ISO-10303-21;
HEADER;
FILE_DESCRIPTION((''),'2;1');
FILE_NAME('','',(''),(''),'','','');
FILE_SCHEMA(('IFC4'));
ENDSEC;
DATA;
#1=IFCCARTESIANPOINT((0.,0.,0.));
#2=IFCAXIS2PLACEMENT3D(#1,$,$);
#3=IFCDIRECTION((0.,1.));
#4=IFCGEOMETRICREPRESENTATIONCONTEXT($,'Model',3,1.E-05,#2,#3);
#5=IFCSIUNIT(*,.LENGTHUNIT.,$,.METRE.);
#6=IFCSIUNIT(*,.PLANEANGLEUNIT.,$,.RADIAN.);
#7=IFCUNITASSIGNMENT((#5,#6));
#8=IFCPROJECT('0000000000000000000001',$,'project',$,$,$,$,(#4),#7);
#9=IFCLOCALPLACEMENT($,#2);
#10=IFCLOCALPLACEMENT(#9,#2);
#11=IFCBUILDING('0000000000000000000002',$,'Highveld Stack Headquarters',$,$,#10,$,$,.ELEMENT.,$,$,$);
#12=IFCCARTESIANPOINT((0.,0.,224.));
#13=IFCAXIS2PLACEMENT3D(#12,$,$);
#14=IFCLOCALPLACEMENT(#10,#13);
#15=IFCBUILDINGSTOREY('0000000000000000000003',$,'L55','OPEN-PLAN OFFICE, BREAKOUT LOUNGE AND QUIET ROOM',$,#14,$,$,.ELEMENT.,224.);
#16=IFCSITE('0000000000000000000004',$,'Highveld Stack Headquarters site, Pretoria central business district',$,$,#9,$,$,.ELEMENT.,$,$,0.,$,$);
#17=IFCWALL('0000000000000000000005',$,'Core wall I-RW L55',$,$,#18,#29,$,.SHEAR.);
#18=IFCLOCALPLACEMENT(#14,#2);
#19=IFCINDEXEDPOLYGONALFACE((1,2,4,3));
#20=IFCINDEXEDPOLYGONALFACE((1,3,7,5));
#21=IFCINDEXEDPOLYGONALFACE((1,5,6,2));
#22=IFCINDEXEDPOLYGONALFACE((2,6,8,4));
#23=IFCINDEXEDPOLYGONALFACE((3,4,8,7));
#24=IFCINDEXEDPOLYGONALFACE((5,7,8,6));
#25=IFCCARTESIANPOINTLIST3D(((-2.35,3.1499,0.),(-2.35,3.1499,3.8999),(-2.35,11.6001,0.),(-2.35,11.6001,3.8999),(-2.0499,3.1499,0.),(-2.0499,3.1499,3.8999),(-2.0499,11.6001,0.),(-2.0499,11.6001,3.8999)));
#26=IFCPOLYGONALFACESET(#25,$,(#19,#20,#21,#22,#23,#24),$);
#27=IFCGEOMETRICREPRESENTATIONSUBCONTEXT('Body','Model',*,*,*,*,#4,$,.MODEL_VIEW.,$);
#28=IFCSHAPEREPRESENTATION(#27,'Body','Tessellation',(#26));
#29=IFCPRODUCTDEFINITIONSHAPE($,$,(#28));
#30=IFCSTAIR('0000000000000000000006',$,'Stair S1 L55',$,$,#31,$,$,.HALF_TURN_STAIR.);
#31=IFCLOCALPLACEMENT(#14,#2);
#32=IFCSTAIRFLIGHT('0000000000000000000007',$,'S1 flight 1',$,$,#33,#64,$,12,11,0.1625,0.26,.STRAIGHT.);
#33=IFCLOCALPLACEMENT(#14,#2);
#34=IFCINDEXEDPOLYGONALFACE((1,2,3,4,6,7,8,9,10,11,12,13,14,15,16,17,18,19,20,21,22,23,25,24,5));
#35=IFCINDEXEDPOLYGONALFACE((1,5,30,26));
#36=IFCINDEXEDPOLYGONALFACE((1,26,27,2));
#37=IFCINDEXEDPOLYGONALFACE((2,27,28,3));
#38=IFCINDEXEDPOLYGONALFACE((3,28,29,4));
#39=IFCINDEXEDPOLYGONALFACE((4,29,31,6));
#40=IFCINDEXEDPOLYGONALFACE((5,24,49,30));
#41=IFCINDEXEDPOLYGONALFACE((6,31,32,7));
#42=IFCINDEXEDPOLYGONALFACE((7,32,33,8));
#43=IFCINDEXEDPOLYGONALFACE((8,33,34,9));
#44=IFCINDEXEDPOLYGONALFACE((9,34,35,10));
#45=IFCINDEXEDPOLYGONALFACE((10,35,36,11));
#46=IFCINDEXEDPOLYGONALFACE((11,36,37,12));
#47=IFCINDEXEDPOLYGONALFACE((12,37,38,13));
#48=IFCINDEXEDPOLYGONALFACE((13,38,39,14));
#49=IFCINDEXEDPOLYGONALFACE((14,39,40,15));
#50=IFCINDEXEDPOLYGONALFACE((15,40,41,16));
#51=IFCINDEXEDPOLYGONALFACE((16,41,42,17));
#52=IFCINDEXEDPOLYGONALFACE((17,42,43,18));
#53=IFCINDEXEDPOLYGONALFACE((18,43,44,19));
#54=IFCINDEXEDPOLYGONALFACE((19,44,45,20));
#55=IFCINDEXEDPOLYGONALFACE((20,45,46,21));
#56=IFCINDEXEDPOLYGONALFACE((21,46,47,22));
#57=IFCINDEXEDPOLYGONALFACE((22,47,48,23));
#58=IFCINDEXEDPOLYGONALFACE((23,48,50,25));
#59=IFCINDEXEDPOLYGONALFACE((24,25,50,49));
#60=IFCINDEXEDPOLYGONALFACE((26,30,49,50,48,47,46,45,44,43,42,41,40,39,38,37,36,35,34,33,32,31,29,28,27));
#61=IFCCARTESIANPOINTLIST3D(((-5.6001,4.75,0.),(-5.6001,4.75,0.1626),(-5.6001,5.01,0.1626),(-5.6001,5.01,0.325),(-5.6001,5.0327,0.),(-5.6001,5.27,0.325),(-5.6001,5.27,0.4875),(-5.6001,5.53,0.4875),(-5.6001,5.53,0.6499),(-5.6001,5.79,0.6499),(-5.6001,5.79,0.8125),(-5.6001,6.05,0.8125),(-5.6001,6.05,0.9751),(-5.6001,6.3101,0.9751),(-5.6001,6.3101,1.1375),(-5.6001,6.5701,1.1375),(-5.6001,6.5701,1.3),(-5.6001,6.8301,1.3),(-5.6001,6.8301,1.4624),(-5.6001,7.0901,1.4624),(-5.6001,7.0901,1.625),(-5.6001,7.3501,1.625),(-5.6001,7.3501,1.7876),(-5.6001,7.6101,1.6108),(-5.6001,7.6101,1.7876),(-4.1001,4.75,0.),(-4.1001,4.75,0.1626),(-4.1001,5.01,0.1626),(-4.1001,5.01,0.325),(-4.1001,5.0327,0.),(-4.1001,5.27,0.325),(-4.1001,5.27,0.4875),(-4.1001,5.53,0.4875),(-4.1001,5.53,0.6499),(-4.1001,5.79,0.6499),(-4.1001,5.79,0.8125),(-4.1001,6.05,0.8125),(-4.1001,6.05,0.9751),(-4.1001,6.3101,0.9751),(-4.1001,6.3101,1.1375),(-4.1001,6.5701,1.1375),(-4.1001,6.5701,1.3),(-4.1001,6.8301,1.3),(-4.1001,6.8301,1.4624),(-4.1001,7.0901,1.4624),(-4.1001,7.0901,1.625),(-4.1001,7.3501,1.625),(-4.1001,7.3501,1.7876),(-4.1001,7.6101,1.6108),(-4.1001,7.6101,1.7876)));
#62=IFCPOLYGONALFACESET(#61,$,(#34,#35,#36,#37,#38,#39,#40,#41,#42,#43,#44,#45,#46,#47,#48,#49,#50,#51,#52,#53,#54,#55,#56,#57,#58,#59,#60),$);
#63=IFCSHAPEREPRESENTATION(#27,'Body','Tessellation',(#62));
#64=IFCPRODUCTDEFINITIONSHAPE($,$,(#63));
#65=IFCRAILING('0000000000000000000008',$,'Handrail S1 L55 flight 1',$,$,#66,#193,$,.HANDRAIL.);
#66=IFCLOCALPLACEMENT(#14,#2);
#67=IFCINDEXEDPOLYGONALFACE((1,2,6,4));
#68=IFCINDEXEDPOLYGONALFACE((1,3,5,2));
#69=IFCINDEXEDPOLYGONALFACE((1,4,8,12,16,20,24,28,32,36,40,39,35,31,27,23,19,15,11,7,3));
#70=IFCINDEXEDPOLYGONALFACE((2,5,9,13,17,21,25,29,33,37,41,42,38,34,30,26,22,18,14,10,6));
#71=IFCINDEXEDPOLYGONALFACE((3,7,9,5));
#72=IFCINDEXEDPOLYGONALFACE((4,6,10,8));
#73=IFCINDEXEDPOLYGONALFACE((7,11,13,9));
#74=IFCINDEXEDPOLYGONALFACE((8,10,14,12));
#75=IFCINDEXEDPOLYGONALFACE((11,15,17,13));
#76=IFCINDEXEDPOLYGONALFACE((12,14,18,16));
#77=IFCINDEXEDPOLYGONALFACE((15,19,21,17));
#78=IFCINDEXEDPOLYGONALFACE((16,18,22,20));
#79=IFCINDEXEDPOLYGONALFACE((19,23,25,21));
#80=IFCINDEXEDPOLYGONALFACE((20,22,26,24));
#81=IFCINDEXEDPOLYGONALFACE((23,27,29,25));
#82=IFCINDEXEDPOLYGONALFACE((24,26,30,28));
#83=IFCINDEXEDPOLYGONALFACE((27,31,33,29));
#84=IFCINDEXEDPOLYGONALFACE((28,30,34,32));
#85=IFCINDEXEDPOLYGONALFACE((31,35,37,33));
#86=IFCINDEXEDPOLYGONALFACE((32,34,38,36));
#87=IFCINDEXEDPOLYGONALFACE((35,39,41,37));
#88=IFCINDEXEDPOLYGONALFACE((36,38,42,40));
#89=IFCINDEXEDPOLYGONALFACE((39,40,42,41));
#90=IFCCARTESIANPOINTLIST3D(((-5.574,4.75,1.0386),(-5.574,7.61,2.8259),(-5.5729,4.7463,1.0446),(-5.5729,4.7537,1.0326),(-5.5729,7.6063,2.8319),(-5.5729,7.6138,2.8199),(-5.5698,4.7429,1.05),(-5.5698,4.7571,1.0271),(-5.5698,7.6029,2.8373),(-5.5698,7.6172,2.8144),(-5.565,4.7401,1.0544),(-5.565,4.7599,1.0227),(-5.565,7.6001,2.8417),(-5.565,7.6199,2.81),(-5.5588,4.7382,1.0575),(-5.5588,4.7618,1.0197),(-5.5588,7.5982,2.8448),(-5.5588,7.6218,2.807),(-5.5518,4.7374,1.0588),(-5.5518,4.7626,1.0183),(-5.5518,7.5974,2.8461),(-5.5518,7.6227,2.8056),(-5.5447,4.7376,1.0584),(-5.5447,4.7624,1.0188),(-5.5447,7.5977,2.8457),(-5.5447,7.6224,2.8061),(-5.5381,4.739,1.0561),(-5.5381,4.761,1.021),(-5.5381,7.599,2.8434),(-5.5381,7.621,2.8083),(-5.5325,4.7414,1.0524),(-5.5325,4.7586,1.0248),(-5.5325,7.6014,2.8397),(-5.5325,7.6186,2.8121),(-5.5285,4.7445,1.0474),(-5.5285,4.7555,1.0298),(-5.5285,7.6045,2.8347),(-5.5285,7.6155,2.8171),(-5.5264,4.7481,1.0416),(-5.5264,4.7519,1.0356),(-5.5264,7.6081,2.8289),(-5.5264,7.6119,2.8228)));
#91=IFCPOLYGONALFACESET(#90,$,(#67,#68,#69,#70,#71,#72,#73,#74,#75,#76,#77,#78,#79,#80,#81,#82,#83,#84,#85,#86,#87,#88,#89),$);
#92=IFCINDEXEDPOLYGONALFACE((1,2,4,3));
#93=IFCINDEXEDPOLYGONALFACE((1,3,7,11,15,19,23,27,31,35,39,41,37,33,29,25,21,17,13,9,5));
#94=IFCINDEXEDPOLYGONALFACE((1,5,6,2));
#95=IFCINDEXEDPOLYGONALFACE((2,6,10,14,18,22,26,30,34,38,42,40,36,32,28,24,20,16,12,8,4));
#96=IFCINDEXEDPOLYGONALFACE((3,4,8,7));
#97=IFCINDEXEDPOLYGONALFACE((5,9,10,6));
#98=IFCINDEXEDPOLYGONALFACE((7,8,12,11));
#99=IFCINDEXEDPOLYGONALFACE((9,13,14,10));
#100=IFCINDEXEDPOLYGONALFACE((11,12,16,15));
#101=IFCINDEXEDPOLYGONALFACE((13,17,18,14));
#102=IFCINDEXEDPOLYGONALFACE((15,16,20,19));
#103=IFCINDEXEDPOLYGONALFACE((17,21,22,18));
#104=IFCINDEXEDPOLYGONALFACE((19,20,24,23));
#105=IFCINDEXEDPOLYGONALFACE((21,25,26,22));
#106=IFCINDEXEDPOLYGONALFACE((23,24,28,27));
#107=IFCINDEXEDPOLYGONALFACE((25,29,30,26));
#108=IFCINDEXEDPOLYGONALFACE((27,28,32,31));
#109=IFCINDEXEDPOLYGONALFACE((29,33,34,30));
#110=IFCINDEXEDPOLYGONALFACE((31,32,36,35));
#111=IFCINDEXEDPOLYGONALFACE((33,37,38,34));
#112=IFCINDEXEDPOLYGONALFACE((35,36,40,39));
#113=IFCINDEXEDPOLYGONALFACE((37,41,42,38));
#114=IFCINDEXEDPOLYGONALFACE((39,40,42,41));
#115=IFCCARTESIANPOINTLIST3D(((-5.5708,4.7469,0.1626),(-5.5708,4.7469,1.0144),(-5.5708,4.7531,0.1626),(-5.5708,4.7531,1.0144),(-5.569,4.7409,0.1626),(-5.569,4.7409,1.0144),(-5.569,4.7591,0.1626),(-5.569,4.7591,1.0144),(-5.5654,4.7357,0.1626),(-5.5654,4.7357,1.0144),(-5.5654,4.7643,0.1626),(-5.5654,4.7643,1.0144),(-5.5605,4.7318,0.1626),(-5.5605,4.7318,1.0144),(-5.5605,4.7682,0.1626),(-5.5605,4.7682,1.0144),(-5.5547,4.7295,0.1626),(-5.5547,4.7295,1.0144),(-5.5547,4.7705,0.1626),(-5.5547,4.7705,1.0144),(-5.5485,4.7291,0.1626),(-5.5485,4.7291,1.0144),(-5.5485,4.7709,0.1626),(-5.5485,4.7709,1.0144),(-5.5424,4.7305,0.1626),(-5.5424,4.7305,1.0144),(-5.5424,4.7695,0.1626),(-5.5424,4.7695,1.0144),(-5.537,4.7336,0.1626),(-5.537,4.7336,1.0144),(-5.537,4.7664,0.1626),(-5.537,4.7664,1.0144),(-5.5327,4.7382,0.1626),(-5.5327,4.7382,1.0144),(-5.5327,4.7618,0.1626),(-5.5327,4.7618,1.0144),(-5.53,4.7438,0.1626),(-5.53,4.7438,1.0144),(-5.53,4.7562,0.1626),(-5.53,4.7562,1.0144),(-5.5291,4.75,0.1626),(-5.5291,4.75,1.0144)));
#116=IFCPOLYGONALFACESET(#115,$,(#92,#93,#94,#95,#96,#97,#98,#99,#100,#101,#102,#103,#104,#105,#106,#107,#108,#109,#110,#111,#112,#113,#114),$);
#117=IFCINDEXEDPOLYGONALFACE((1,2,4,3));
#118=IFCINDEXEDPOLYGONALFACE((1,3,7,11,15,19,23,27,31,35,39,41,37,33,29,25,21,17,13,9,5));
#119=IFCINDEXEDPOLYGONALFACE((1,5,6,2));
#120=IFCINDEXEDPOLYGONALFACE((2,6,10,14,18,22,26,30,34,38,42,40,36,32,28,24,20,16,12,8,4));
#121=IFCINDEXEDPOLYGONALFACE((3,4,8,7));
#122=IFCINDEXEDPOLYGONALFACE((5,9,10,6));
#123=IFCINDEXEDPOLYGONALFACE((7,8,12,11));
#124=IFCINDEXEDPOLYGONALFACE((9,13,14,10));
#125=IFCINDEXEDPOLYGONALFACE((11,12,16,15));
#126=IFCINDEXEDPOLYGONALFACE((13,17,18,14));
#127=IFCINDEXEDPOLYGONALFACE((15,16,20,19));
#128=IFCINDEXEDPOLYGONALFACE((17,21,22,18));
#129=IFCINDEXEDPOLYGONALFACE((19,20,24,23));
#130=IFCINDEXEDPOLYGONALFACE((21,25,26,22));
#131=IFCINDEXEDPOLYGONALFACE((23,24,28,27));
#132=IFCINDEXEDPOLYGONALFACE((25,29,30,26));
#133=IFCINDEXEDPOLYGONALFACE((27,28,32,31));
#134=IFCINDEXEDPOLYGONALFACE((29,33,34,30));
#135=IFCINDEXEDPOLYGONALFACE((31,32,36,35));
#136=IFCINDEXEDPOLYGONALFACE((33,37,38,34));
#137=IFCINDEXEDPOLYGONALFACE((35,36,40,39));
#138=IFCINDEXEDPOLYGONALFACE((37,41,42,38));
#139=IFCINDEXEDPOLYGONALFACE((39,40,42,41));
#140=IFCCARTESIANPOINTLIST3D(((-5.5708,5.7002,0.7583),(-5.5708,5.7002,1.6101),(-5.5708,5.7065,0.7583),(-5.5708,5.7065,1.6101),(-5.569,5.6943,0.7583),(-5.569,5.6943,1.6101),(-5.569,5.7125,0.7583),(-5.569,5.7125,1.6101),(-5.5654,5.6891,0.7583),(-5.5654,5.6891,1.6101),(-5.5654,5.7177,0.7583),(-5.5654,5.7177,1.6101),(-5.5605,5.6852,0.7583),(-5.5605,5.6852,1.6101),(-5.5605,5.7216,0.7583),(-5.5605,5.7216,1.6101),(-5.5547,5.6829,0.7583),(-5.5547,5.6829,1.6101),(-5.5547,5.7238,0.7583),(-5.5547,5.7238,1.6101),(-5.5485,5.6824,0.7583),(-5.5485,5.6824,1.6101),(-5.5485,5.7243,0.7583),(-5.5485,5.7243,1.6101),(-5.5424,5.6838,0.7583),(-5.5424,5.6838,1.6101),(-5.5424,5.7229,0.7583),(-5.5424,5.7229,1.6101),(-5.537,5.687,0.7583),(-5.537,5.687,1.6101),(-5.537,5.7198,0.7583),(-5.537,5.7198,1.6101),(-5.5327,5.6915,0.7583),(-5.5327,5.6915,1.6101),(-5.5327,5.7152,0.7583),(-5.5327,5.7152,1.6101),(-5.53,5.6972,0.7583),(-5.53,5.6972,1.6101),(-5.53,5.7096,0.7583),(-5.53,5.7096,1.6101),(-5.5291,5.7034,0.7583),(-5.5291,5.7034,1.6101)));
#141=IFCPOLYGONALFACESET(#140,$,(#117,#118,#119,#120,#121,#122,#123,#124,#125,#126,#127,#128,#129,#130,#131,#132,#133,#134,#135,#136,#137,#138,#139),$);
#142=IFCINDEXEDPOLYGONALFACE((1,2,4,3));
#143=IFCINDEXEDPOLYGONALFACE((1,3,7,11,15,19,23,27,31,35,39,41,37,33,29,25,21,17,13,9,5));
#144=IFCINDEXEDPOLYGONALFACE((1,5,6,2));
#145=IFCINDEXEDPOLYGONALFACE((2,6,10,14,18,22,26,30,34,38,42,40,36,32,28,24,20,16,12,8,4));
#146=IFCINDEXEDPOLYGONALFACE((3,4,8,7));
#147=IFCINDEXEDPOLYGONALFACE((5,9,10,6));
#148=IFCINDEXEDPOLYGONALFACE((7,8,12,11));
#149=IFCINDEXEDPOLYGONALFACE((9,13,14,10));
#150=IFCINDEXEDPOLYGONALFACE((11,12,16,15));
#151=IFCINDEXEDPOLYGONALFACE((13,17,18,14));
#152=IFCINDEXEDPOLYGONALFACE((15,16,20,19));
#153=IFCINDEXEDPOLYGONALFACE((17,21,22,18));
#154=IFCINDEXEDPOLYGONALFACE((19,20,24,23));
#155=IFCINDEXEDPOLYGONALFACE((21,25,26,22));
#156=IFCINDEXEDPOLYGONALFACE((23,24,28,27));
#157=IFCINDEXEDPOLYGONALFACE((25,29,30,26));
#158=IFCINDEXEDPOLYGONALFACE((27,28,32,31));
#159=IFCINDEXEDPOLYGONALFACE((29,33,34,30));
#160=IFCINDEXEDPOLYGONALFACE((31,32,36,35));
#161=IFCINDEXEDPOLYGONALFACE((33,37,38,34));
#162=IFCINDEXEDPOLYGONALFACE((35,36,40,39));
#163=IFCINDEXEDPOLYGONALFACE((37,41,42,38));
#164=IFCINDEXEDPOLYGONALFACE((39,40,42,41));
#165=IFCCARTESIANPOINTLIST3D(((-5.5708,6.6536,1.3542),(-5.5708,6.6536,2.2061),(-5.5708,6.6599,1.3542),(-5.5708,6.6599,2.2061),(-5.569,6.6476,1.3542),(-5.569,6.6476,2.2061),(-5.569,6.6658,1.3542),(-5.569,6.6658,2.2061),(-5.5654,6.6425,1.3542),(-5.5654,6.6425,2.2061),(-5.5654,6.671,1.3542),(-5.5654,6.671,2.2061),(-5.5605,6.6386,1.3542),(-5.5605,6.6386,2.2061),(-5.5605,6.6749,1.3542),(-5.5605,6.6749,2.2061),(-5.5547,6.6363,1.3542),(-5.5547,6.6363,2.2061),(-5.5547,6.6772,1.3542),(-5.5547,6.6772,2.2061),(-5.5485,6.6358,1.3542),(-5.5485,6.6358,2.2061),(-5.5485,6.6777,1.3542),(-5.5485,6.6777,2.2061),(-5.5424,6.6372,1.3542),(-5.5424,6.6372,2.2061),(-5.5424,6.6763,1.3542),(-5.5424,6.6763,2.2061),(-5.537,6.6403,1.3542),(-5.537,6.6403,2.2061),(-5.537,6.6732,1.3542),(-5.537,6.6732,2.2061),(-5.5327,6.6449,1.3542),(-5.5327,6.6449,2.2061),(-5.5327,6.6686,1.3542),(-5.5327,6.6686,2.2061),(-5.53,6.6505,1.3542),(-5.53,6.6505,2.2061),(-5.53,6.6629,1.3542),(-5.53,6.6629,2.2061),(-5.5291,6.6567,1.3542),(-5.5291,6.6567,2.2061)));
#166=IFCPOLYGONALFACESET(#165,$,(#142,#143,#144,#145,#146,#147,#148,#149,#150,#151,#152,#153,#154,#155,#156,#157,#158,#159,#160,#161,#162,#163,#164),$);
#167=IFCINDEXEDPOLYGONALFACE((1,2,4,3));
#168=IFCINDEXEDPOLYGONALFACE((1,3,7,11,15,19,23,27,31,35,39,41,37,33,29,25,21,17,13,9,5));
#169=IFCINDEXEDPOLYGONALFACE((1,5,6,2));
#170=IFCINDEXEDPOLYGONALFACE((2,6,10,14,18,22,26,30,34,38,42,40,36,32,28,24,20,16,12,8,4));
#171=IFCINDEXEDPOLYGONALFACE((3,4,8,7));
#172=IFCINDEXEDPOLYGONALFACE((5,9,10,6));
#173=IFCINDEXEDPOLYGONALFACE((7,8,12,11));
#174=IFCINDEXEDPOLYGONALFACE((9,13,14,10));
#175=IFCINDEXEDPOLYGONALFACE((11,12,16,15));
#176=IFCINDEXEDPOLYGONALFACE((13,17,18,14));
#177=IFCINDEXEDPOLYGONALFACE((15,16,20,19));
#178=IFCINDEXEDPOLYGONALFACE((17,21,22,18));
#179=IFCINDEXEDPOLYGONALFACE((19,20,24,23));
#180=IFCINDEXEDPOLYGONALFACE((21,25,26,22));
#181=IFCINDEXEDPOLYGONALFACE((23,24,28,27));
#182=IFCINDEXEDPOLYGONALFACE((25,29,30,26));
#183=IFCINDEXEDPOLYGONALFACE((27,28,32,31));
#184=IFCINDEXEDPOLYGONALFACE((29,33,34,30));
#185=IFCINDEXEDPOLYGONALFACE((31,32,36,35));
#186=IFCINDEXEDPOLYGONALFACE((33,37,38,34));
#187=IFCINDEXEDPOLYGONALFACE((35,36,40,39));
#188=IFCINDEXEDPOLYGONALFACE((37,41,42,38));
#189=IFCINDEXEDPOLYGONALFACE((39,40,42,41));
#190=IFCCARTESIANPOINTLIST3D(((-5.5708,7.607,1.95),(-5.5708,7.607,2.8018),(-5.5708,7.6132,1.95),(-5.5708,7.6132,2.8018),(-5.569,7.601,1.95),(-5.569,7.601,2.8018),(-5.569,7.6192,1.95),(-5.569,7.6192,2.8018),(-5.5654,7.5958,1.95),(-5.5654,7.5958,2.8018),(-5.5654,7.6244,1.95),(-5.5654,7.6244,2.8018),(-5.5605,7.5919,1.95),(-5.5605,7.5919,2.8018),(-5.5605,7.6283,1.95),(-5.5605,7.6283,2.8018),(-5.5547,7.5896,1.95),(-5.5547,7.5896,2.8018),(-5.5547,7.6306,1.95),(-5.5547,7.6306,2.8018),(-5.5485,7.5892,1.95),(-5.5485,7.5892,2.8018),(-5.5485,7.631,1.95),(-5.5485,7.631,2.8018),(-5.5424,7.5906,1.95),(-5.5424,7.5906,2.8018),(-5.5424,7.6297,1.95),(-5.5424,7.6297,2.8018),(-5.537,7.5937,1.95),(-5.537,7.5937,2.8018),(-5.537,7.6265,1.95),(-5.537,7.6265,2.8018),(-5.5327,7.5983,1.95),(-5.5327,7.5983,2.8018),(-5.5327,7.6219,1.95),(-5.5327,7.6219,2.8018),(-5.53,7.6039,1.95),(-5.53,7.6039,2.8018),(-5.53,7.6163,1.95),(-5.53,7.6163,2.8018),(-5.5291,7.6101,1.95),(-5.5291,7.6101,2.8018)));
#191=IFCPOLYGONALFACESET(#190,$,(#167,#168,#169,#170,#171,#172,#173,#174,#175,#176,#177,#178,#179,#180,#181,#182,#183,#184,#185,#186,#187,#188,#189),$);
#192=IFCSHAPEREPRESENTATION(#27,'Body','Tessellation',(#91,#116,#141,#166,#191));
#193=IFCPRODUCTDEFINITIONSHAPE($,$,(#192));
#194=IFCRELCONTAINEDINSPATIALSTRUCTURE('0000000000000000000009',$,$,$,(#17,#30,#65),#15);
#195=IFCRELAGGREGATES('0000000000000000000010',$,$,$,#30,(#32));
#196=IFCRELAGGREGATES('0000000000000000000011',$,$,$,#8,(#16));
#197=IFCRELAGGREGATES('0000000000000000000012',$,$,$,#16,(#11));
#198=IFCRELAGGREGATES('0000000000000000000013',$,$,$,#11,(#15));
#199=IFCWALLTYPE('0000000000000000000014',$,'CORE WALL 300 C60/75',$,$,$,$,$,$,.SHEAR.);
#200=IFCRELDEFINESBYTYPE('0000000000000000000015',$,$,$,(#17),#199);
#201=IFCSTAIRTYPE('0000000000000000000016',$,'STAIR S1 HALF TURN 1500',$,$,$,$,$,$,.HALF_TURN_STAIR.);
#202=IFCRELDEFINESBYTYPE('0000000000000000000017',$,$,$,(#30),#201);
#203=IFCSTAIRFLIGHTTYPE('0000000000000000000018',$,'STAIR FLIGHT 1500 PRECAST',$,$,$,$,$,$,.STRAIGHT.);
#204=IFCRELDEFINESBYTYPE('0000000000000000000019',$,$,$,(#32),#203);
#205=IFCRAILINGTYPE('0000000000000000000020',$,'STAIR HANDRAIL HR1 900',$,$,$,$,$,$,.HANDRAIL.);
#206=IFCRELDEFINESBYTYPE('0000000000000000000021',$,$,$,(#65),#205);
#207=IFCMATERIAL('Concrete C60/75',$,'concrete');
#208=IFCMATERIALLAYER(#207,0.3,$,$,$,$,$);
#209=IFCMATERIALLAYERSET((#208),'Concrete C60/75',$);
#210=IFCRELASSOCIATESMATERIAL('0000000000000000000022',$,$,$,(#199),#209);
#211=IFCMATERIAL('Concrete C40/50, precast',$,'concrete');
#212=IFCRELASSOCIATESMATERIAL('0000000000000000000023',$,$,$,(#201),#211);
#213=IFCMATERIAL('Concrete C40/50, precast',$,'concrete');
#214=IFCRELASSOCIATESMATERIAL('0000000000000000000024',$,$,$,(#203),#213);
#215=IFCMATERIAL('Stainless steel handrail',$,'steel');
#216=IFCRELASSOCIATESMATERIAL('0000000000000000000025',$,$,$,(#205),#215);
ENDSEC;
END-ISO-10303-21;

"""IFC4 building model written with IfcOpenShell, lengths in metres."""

from ifc_helpers import new_model, si_unit, direction, frame, frame_2d, origin, origin_2d, place, context, subcontext, project, spatial, polyline, rectangle, circle, outline, extrude, material, layer, layer_set, type_object, element, aggregate, save


model = new_model("IFC4")

# Units and contexts
model_context = context("Model", 3, precision=1e-05, world=origin(), true_north=direction((0.0, 1.0)))
body_context = subcontext(model_context, "Body", "Model", "MODEL_VIEW")
ifc_project = project(units=[si_unit("LENGTHUNIT", "METRE"), si_unit("PLANEANGLEUNIT", "RADIAN")], contexts=[model_context])

# Site, building, storey
site_placement = place(None, origin())
site = spatial("IfcSite", under=ifc_project, at=site_placement, Name="Highveld Stack Headquarters site, Pretoria central business district", CompositionType="ELEMENT", RefElevation=0.0)
building_placement = place(site_placement, origin())
building = spatial("IfcBuilding", under=site, at=building_placement, Name="Highveld Stack Headquarters", CompositionType="ELEMENT")
storey_placement = place(building_placement, frame((0.0, 0.0, 224.0)))
storey = spatial("IfcBuildingStorey", under=building, at=storey_placement, Name="L55", Description="OPEN-PLAN OFFICE, BREAKOUT LOUNGE AND QUIET ROOM", CompositionType="ELEMENT", Elevation=224.0)

# Shared definitions
ifc_material_1 = material(Name="Concrete C60/75", Category="concrete")
ifc_layer = layer(ifc_material_1, 0.3)
ifc_layer_set = layer_set([ifc_layer], Name="Concrete C60/75")
wall_type = type_object("IfcWallType", Name="CORE WALL 300 C60/75", PredefinedType="SHEAR", material=ifc_layer_set)

# Wall
wall_1_placement = place(storey_placement, frame((-2.2, 3.1499, 0.0), z_axis=(0.0, 0.0, 1.0), x_axis=(0.0, 1.0, 0.0)))
element("IfcWall", 1, at=wall_1_placement, inside=storey, type_object=wall_type, Name="Core wall I-RW L55", PredefinedType="SHEAR", context=body_context, shape_type="SweptSolid", body=[
    extrude(rectangle(XDim=8.4502, YDim=0.3, at=frame_2d((4.2251, 0.0))), origin(), (0.0, 0.0, 1.0), 3.8999),
])

# Stair, stair flight
ifc_material_2 = material(Name="Concrete C40/50, precast", Category="concrete")
stair_type = type_object("IfcStairType", Name="STAIR S1 HALF TURN 1500", PredefinedType="HALF_TURN_STAIR", material=ifc_material_2)
stair_placement = place(storey_placement, origin())
stair = element("IfcStair", 2, at=stair_placement, inside=storey, type_object=stair_type, Name="Stair S1 L55", PredefinedType="HALF_TURN_STAIR")
ifc_material_3 = material(Name="Concrete C40/50, precast", Category="concrete")
stair_flight_type = type_object("IfcStairFlightType", Name="STAIR FLIGHT 1500 PRECAST", PredefinedType="STRAIGHT", material=ifc_material_3)
stair_flight_placement = place(storey_placement, frame((-4.8501, 4.75, 0.0), z_axis=(0.0, 0.0, 1.0), x_axis=(0.0, 1.0, 0.0)))
stair_flight = element("IfcStairFlight", 3, at=stair_flight_placement, type_object=stair_flight_type, Name="S1 flight 1", NumberOfRisers=12, NumberOfTreads=11, PredefinedType="STRAIGHT", RiserHeight=0.1625, TreadLength=0.26, context=body_context, shape_type="SweptSolid", body=[
    extrude(outline(polyline([(0.0, 0.0), (0.0, 0.1626), (0.26, 0.1626), (0.26, 0.325), (0.52, 0.325), (0.52, 0.4875), (0.78, 0.4875), (0.78, 0.6499), (1.04, 0.6499), (1.04, 0.8125), (1.3, 0.8125), (1.3, 0.9751), (1.5601, 0.9751), (1.5601, 1.1375), (1.8201, 1.1375), (1.8201, 1.3), (2.0801, 1.3), (2.0801, 1.4624), (2.3401, 1.4624), (2.3401, 1.625), (2.6001, 1.625), (2.6001, 1.7876), (2.8601, 1.7876), (2.8601, 1.95), (2.8601, 1.6108), (0.2827, 0.0), (0.0, 0.0)])), frame((0.0, 0.75, 0.0), z_axis=(0.0, -1.0, 0.0), x_axis=(1.0, 0.0, 0.0)), (0.0, 0.0, 1.0), 1.5),
])
aggregate(stair, [stair_flight])

# Railing
ifc_material_4 = material(Name="Stainless steel handrail", Category="steel")
railing_type = type_object("IfcRailingType", Name="STAIR HANDRAIL HR1 900", PredefinedType="HANDRAIL", material=ifc_material_4)
for number, where, name in (
    (4, (-5.55, 4.75, 0.1626), "Handrail S1 L55 flight 1"),
):
    element("IfcRailing", number, at=place(storey_placement, frame(where)), inside=storey, type_object=railing_type, Name=name, PredefinedType="HANDRAIL", context=body_context, shape_type="SweptSolid", body=[
        extrude(circle(Radius=0.0239, at=origin_2d()), frame((0.0, 0.0, 0.876), z_axis=(0.0, 0.848027, 0.529953), x_axis=(-1.0, 0.0, 0.0)), (0.0, 0.0, 1.0), 3.3726),
        extrude(circle(Radius=0.021, at=origin_2d()), origin(), (0.0, 0.0, 1.0), 0.8518),
        extrude(circle(Radius=0.021, at=origin_2d()), frame((0.0, 0.9534, 0.5957)), (0.0, 0.0, 1.0), 0.8518),
        extrude(circle(Radius=0.021, at=origin_2d()), frame((0.0, 1.9067, 1.1917)), (0.0, 0.0, 1.0), 0.8518),
        extrude(circle(Radius=0.021, at=origin_2d()), frame((0.0, 2.8601, 1.7874)), (0.0, 0.0, 1.0), 0.8518),
    ])

save(model, "model.ifc")
